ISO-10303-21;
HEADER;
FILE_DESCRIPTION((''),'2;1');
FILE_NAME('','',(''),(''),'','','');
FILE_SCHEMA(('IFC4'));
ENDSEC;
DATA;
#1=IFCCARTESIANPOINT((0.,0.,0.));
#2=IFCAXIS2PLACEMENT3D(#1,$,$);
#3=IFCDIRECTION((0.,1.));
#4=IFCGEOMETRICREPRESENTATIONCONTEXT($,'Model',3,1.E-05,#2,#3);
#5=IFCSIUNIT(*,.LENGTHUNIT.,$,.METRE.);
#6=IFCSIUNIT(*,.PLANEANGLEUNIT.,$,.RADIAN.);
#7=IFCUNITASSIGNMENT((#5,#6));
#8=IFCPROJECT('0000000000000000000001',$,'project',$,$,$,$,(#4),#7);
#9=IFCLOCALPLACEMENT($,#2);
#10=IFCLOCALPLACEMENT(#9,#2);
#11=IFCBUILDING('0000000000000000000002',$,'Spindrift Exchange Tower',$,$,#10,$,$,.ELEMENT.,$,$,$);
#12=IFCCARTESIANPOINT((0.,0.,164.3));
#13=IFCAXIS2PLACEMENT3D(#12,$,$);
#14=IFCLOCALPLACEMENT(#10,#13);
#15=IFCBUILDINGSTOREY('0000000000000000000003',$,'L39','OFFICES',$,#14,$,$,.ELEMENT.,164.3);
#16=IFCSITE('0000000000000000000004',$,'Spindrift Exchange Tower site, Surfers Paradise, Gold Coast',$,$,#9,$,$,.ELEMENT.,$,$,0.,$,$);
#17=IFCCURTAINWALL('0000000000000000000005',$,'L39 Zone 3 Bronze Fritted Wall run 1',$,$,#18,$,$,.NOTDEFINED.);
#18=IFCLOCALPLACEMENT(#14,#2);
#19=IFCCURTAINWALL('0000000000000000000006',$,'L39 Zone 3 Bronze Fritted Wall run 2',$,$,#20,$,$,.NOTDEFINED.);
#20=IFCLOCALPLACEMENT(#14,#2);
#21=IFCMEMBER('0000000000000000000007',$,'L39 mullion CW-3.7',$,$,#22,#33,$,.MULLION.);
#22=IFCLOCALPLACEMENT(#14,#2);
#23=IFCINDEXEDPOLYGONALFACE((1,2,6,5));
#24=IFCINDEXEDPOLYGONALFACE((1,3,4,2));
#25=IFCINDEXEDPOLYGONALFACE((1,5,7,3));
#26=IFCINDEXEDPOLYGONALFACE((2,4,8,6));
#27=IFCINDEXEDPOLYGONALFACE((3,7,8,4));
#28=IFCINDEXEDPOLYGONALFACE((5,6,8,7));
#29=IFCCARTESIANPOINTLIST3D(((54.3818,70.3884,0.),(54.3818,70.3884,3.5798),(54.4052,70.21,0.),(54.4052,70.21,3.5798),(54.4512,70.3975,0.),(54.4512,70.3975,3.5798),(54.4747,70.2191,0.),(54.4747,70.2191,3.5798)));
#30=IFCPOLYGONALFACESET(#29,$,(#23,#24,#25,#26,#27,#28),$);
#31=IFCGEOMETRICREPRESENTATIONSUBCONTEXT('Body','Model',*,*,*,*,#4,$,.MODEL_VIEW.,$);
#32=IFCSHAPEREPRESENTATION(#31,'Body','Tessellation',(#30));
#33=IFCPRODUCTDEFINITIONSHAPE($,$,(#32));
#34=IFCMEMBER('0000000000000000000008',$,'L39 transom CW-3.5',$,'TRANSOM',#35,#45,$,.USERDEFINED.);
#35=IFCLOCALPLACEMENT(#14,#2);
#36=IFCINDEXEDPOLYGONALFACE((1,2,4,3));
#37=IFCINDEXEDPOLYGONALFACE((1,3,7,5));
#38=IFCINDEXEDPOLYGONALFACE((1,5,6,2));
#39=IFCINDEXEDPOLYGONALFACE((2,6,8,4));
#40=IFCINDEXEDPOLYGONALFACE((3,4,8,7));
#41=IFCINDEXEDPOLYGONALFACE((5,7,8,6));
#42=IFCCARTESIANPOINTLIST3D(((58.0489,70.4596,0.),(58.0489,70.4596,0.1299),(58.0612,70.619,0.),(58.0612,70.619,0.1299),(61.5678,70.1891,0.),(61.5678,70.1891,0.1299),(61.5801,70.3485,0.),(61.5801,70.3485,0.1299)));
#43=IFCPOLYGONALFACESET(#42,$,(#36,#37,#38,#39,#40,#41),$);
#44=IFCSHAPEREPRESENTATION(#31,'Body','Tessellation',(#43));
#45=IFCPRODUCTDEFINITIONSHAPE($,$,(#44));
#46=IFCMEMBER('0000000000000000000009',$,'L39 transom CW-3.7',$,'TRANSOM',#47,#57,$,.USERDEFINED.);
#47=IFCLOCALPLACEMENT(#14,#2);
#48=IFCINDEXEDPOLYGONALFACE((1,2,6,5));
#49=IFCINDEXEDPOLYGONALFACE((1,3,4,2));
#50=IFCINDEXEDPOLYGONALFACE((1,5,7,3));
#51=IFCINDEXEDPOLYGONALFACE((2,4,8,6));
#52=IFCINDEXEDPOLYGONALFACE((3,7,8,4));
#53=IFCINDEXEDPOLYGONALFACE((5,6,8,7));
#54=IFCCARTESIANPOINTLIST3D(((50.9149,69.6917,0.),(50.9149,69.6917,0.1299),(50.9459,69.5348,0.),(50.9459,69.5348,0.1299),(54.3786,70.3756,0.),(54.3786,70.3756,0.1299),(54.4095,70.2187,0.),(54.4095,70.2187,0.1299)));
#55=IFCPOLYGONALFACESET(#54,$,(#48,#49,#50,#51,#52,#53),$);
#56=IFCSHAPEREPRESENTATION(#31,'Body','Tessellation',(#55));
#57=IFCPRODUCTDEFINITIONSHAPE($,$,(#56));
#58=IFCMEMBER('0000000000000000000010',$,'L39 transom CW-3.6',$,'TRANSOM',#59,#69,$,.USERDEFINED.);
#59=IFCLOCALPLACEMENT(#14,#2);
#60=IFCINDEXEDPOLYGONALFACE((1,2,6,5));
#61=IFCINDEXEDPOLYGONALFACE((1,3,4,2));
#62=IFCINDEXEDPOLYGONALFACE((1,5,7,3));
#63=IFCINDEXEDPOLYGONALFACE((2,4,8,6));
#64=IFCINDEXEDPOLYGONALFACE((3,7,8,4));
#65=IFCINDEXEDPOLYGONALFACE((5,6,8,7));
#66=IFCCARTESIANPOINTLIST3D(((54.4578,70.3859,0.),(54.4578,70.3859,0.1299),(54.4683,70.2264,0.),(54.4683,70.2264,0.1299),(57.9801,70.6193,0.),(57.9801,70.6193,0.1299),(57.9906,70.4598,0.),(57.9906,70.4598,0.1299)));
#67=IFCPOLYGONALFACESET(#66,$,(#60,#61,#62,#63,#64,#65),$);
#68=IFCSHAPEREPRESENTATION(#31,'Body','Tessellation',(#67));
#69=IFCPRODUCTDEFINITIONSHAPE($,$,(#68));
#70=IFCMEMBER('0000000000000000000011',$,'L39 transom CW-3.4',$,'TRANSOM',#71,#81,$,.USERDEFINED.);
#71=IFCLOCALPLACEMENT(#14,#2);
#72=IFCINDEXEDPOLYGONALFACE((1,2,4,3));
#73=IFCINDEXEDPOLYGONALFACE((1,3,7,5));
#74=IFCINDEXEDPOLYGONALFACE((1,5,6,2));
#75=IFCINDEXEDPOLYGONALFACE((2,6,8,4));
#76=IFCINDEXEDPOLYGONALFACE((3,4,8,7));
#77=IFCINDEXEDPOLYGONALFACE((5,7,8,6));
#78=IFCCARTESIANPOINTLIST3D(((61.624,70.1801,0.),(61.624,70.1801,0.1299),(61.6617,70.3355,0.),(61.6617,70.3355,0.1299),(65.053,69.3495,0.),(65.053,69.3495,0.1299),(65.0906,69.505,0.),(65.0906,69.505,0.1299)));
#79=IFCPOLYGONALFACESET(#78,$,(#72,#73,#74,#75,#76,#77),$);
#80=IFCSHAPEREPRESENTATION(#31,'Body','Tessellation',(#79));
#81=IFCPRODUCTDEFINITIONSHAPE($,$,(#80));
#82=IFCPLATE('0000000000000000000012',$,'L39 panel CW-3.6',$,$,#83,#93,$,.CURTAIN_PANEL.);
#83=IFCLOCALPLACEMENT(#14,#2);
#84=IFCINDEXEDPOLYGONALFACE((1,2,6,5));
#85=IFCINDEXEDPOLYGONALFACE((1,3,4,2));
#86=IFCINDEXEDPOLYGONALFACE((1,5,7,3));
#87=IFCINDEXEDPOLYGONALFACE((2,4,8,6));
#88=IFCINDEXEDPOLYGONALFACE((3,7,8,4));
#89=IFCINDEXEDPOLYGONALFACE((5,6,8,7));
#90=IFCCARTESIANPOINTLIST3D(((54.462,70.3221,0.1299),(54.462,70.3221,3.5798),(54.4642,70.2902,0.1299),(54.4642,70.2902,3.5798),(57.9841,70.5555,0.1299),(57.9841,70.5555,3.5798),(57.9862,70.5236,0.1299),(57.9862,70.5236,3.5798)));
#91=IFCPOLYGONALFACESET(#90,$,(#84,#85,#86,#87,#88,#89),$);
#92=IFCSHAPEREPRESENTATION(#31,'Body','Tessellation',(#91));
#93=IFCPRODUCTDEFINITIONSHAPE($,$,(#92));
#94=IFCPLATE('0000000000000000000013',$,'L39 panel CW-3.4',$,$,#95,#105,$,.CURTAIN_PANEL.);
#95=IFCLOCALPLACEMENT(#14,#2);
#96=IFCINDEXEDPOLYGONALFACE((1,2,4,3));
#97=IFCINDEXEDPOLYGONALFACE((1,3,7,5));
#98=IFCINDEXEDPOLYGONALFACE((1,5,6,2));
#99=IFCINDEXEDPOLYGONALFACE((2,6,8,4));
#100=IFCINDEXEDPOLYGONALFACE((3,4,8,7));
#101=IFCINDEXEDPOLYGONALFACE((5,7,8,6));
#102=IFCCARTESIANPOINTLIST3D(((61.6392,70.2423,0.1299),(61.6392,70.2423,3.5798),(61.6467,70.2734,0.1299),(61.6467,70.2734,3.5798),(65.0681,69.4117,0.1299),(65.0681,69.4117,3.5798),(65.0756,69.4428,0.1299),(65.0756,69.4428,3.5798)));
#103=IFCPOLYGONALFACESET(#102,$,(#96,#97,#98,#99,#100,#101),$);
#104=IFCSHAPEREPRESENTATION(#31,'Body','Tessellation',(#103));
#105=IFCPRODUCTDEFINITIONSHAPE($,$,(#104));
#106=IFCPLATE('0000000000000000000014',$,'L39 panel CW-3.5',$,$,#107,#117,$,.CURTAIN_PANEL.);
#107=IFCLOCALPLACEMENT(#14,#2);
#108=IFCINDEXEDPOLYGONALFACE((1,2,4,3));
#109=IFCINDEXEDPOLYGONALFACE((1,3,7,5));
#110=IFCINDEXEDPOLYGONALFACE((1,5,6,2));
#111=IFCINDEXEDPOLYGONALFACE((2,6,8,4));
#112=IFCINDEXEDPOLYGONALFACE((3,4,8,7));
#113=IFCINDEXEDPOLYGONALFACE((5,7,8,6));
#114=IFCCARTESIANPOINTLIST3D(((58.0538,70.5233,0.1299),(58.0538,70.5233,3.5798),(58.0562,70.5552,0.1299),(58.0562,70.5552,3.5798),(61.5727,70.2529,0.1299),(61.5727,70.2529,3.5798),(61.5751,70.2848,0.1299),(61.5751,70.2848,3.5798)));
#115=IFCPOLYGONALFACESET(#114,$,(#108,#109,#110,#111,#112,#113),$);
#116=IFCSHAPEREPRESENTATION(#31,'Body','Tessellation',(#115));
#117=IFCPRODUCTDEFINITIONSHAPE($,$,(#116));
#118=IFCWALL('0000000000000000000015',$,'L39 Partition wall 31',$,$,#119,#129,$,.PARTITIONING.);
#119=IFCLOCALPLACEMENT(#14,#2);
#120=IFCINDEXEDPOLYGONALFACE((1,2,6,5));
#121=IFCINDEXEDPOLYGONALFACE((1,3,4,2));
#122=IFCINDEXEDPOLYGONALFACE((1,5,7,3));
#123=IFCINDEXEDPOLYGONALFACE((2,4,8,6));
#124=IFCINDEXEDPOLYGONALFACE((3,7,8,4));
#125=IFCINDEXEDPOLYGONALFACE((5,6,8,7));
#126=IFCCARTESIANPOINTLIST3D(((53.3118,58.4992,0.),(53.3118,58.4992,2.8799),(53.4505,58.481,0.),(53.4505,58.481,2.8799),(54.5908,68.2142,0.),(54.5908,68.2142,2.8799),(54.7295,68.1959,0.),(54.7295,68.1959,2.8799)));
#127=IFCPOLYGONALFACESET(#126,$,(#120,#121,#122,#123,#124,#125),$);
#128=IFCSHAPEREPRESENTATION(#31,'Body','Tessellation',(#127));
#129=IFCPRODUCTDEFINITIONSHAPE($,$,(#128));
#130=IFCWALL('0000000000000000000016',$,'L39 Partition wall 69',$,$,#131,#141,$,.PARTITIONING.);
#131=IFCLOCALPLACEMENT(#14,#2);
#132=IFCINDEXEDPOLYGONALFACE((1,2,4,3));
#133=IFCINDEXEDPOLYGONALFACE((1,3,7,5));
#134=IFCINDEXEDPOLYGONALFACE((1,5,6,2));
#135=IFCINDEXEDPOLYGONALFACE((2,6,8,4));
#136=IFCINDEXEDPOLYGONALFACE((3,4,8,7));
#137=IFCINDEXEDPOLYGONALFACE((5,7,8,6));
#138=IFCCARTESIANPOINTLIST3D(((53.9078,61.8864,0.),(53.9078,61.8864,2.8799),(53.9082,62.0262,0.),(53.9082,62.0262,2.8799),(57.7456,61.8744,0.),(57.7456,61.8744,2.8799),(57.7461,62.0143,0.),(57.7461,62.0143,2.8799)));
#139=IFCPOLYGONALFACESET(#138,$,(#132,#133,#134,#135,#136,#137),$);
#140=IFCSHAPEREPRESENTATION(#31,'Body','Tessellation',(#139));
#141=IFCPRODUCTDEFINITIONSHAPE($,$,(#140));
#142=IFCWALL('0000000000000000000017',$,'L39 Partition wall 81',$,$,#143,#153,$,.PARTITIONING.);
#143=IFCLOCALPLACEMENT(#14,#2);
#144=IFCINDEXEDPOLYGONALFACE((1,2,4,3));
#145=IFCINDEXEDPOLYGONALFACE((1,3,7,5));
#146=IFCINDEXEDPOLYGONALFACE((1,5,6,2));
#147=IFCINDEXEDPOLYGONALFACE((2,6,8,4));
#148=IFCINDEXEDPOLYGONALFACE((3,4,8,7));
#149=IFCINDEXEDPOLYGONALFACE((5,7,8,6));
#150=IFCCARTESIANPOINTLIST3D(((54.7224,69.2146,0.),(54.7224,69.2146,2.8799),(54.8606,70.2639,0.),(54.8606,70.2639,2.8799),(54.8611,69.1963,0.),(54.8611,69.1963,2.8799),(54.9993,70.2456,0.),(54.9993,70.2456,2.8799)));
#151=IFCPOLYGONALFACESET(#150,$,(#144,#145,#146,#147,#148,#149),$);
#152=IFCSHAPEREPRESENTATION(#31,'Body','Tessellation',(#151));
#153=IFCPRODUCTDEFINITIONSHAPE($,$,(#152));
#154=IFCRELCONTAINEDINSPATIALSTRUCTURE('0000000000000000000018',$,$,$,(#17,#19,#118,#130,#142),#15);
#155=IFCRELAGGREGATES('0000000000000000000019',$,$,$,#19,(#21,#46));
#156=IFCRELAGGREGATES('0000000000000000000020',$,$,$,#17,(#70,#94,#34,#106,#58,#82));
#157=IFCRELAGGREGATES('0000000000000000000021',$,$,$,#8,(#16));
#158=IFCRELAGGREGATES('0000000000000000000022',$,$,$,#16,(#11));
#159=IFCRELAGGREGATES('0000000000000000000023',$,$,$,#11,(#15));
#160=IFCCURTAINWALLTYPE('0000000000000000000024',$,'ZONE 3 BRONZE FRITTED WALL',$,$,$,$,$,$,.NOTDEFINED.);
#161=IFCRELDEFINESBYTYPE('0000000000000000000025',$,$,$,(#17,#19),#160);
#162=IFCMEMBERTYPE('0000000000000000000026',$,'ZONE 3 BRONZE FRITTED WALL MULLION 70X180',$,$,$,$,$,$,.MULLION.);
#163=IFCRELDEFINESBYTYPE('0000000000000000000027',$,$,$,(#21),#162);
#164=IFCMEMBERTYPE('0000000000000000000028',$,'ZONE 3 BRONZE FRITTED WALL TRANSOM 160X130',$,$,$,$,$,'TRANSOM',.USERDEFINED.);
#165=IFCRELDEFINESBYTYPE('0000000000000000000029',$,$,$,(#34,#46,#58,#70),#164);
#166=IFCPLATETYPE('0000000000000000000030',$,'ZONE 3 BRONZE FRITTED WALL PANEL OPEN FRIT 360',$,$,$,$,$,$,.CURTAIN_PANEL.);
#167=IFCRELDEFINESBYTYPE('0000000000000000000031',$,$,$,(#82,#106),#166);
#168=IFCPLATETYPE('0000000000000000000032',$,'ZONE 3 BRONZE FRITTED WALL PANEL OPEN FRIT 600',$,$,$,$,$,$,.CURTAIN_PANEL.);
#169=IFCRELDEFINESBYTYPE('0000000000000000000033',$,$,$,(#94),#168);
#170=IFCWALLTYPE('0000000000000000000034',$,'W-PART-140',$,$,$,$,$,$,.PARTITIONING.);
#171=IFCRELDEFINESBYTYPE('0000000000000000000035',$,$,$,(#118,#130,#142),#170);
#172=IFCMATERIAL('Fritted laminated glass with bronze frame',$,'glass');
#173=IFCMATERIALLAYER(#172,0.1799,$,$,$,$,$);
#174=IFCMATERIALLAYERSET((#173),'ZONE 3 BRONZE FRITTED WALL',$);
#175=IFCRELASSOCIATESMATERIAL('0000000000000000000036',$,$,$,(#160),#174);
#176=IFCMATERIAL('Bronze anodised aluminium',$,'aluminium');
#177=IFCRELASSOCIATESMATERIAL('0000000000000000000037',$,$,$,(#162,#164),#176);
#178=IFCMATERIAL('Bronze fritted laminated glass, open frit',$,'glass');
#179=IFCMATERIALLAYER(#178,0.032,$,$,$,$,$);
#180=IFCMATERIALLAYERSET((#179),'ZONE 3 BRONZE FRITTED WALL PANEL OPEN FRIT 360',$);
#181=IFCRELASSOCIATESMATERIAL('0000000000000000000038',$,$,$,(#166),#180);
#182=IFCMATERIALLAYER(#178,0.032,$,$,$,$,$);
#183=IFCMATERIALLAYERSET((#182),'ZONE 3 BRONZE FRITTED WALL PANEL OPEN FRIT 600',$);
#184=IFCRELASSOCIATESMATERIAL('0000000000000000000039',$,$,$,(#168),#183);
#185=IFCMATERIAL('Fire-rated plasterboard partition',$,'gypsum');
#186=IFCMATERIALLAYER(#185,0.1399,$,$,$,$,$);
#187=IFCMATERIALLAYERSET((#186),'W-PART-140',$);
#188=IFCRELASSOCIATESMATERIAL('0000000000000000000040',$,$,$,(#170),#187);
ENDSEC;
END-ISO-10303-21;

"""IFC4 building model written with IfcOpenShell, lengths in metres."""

from ifc_helpers import new_model, si_unit, direction, frame, frame_2d, origin, origin_2d, place, context, subcontext, project, spatial, rectangle, extrude, source, transform, mapped, material, layer, layer_set, material_profile, profile_set, type_object, element, aggregate, save


model = new_model("IFC4")

# Units and contexts
model_context = context("Model", 3, precision=1e-05, world=origin(), true_north=direction((0.0, 1.0)))
body_context = subcontext(model_context, "Body", "Model", "MODEL_VIEW")
ifc_project = project(units=[si_unit("LENGTHUNIT", "METRE"), si_unit("PLANEANGLEUNIT", "RADIAN")], contexts=[model_context])

# Site, building, storey
site_placement = place(None, origin())
site = spatial("IfcSite", under=ifc_project, at=site_placement, Name="Spindrift Exchange Tower site, Surfers Paradise, Gold Coast", CompositionType="ELEMENT", RefElevation=0.0)
building_placement = place(site_placement, origin())
building = spatial("IfcBuilding", under=site, at=building_placement, Name="Spindrift Exchange Tower", CompositionType="ELEMENT")
storey_placement = place(building_placement, frame((0.0, 0.0, 164.3)))
storey = spatial("IfcBuildingStorey", under=building, at=storey_placement, Name="L39", Description="OFFICES", CompositionType="ELEMENT", Elevation=164.3)

# Curtain wall
ifc_material_1 = material(Name="Fritted laminated glass with bronze frame", Category="glass")
ifc_layer_1 = layer(ifc_material_1, 0.1799)
ifc_layer_set_1 = layer_set([ifc_layer_1], Name="ZONE 3 BRONZE FRITTED WALL")
curtain_wall_type = type_object("IfcCurtainWallType", Name="ZONE 3 BRONZE FRITTED WALL", PredefinedType="NOTDEFINED", material=ifc_layer_set_1)
curtain_wall_1_placement = place(storey_placement, origin())
curtain_wall_1 = element("IfcCurtainWall", 1, at=curtain_wall_1_placement, inside=storey, type_object=curtain_wall_type, Name="L39 Zone 3 Bronze Fritted Wall run 1", PredefinedType="NOTDEFINED")
ifc_material_2 = material(Name="Bronze anodised aluminium", Category="aluminium")
ifc_material_profile_1 = material_profile(ifc_material_2, rectangle(XDim=0.0701, YDim=0.1799, at=origin_2d()), Name="ZONE 3 BRONZE FRITTED WALL MULLION 70X180")
ifc_profile_set_1 = profile_set([ifc_material_profile_1], Name="Bronze anodised aluminium")
member_type_1 = type_object("IfcMemberType", Name="ZONE 3 BRONZE FRITTED WALL MULLION 70X180", PredefinedType="MULLION", material=ifc_profile_set_1)
shared_shape_1 = source(origin(), body_context, "Body", "SweptSolid", [
    extrude(rectangle(XDim=0.0701, YDim=0.1799, at=origin_2d()), origin(), (0.0, 0.0, 1.0), 3.5798),
])

# Curtain wall, member
curtain_wall_2_placement = place(storey_placement, origin())
curtain_wall_2 = element("IfcCurtainWall", 2, at=curtain_wall_2_placement, inside=storey, type_object=curtain_wall_type, Name="L39 Zone 3 Bronze Fritted Wall run 2", PredefinedType="NOTDEFINED")
member_1_placement = place(storey_placement, frame((54.4282, 70.3037, 0.0), z_axis=(0.0, 0.0, 1.0), x_axis=(-0.991492, -0.130167, 0.0)))
member_1 = element("IfcMember", 3, at=member_1_placement, type_object=member_type_1, Name="L39 mullion CW-3.7", PredefinedType="MULLION", context=body_context, shape_type="MappedRepresentation", body=[
    mapped(shared_shape_1, transform((0.0, 0.0, 0.0), scale=1.0)),
])

# Members
ifc_material_profile_2 = material_profile(ifc_material_2, rectangle(XDim=0.1599, YDim=0.1299, at=origin_2d()), Name="ZONE 3 BRONZE FRITTED WALL TRANSOM 160X130")
ifc_profile_set_2 = profile_set([ifc_material_profile_2], Name="Bronze anodised aluminium")
member_type_2 = type_object("IfcMemberType", Name="ZONE 3 BRONZE FRITTED WALL TRANSOM 160X130", ElementType="TRANSOM", PredefinedType="USERDEFINED", material=ifc_profile_set_2)
shared_shape_2 = source(origin(), body_context, "Body", "SweptSolid", [
    extrude(rectangle(XDim=0.1599, YDim=0.1299, at=origin_2d()), origin(), (0.0, 0.0, 1.0), 3.5293),
])
member_2_placement = place(storey_placement, frame((61.574, 70.2688, 0.0649), z_axis=(-0.997058, 0.076649, 0.0), x_axis=(-0.076649, -0.997058, 0.0)))
member_2 = element("IfcMember", 4, at=member_2_placement, type_object=member_type_2, Name="L39 transom CW-3.5", ObjectType="TRANSOM", PredefinedType="USERDEFINED", context=body_context, shape_type="MappedRepresentation", body=[
    mapped(shared_shape_2, transform((0.0, 0.0, 0.0), scale=1.0)),
])
shared_shape_3 = source(origin(), body_context, "Body", "SweptSolid", [
    extrude(rectangle(XDim=0.1599, YDim=0.1299, at=origin_2d()), origin(), (0.0, 0.0, 1.0), 3.5305),
])
member_3_placement = place(storey_placement, frame((54.394, 70.2971, 0.0649), z_axis=(-0.981062, -0.193695, 0.0), x_axis=(0.193695, -0.981062, 0.0)))
member_3 = element("IfcMember", 5, at=member_3_placement, type_object=member_type_2, Name="L39 transom CW-3.7", ObjectType="TRANSOM", PredefinedType="USERDEFINED", context=body_context, shape_type="MappedRepresentation", body=[
    mapped(shared_shape_3, transform((0.0, 0.0, 0.0), scale=1.0)),
])
aggregate(curtain_wall_2, [member_1, member_3])
shared_shape_4 = source(origin(), body_context, "Body", "SweptSolid", [
    extrude(rectangle(XDim=0.1599, YDim=0.1299, at=origin_2d()), origin(), (0.0, 0.0, 1.0), 3.53),
])
member_4_placement = place(storey_placement, frame((57.9854, 70.5396, 0.0649), z_axis=(-0.997812, -0.06612, 0.0), x_axis=(0.06612, -0.997812, 0.0)))
member_4 = element("IfcMember", 6, at=member_4_placement, type_object=member_type_2, Name="L39 transom CW-3.6", ObjectType="TRANSOM", PredefinedType="USERDEFINED", context=body_context, shape_type="MappedRepresentation", body=[
    mapped(shared_shape_4, transform((0.0, 0.0, 0.0), scale=1.0)),
])
shared_shape_5 = source(origin(), body_context, "Body", "SweptSolid", [
    extrude(rectangle(XDim=0.1599, YDim=0.1299, at=origin_2d()), origin(), (0.0, 0.0, 1.0), 3.5281),
])
member_5_placement = place(storey_placement, frame((65.0718, 69.4272, 0.0649), z_axis=(-0.971895, 0.235414, 0.0), x_axis=(-0.235414, -0.971895, 0.0)))
member_5 = element("IfcMember", 7, at=member_5_placement, type_object=member_type_2, Name="L39 transom CW-3.4", ObjectType="TRANSOM", PredefinedType="USERDEFINED", context=body_context, shape_type="MappedRepresentation", body=[
    mapped(shared_shape_5, transform((0.0, 0.0, 0.0), scale=1.0)),
])

# Plates
ifc_material_3 = material(Name="Bronze fritted laminated glass, open frit", Category="glass")
ifc_layer_2 = layer(ifc_material_3, 0.032)
ifc_layer_set_2 = layer_set([ifc_layer_2], Name="ZONE 3 BRONZE FRITTED WALL PANEL OPEN FRIT 360")
plate_type_1 = type_object("IfcPlateType", Name="ZONE 3 BRONZE FRITTED WALL PANEL OPEN FRIT 360", PredefinedType="CURTAIN_PANEL", material=ifc_layer_set_2)
shared_shape_6 = source(origin(), body_context, "Body", "SweptSolid", [
    extrude(rectangle(XDim=3.5298, YDim=0.032, at=origin_2d()), origin(), (0.0, 0.0, 1.0), 3.45),
])
plate_1_placement = place(storey_placement, frame((56.2241, 70.4229, 0.1299), z_axis=(0.0, 0.0, 1.0), x_axis=(-0.99781, -0.066143, 0.0)))
plate_1 = element("IfcPlate", 8, at=plate_1_placement, type_object=plate_type_1, Name="L39 panel CW-3.6", PredefinedType="CURTAIN_PANEL", context=body_context, shape_type="MappedRepresentation", body=[
    mapped(shared_shape_6, transform((0.0, 0.0, 0.0), scale=1.0)),
])
ifc_layer_3 = layer(ifc_material_3, 0.032)
ifc_layer_set_3 = layer_set([ifc_layer_3], Name="ZONE 3 BRONZE FRITTED WALL PANEL OPEN FRIT 600")
plate_type_2 = type_object("IfcPlateType", Name="ZONE 3 BRONZE FRITTED WALL PANEL OPEN FRIT 600", PredefinedType="CURTAIN_PANEL", material=ifc_layer_set_3)
shared_shape_7 = source(origin(), body_context, "Body", "SweptSolid", [
    extrude(rectangle(XDim=3.5281, YDim=0.032, at=origin_2d()), origin(), (0.0, 0.0, 1.0), 3.45),
])
plate_2_placement = place(storey_placement, frame((63.3574, 69.8425, 0.1299), z_axis=(0.0, 0.0, 1.0), x_axis=(-0.971892, 0.235427, 0.0)))
plate_2 = element("IfcPlate", 9, at=plate_2_placement, type_object=plate_type_2, Name="L39 panel CW-3.4", PredefinedType="CURTAIN_PANEL", context=body_context, shape_type="MappedRepresentation", body=[
    mapped(shared_shape_7, transform((0.0, 0.0, 0.0), scale=1.0)),
])
shared_shape_8 = source(origin(), body_context, "Body", "SweptSolid", [
    extrude(rectangle(XDim=3.5293, YDim=0.032, at=origin_2d()), origin(), (0.0, 0.0, 1.0), 3.45),
])
plate_3_placement = place(storey_placement, frame((59.8145, 70.4041, 0.1299), z_axis=(0.0, 0.0, 1.0), x_axis=(-0.99706, 0.076629, 0.0)))
plate_3 = element("IfcPlate", 10, at=plate_3_placement, type_object=plate_type_1, Name="L39 panel CW-3.5", PredefinedType="CURTAIN_PANEL", context=body_context, shape_type="MappedRepresentation", body=[
    mapped(shared_shape_8, transform((0.0, 0.0, 0.0), scale=1.0)),
])
aggregate(curtain_wall_1, [member_5, plate_2, member_2, plate_3, member_4, plate_1])

# Walls
ifc_material_4 = material(Name="Fire-rated plasterboard partition", Category="gypsum")
ifc_layer_4 = layer(ifc_material_4, 0.1399)
ifc_layer_set_4 = layer_set([ifc_layer_4], Name="W-PART-140")
wall_type = type_object("IfcWallType", Name="W-PART-140", PredefinedType="PARTITIONING", material=ifc_layer_set_4)
wall_1_placement = place(storey_placement, frame((54.6602, 68.2051, 0.0), z_axis=(0.0, 0.0, 1.0), x_axis=(-0.13053, -0.991444, 0.0)))
element("IfcWall", 11, at=wall_1_placement, inside=storey, type_object=wall_type, Name="L39 Partition wall 31", PredefinedType="PARTITIONING", context=body_context, shape_type="SweptSolid", body=[
    extrude(rectangle(XDim=9.7988, YDim=0.1399, at=frame_2d((4.8994, 0.0))), origin(), (0.0, 0.0, 1.0), 2.8799),
])
wall_2_placement = place(storey_placement, frame((57.7458, 61.9443, 0.0), z_axis=(0.0, 0.0, 1.0), x_axis=(-0.999995, 0.003117, 0.0)))
element("IfcWall", 12, at=wall_2_placement, inside=storey, type_object=wall_type, Name="L39 Partition wall 69", PredefinedType="PARTITIONING", context=body_context, shape_type="SweptSolid", body=[
    extrude(rectangle(XDim=3.8379, YDim=0.1399, at=frame_2d((1.9189, 0.0))), origin(), (0.0, 0.0, 1.0), 2.8799),
])
wall_3_placement = place(storey_placement, frame((54.7917, 69.2053, 0.0), z_axis=(0.0, 0.0, 1.0), x_axis=(0.130562, 0.99144, 0.0)))
element("IfcWall", 13, at=wall_3_placement, inside=storey, type_object=wall_type, Name="L39 Partition wall 81", PredefinedType="PARTITIONING", context=body_context, shape_type="SweptSolid", body=[
    extrude(rectangle(XDim=1.0583, YDim=0.1399, at=frame_2d((0.5293, 0.0))), origin(), (0.0, 0.0, 1.0), 2.8799),
])

save(model, "model.ifc")
